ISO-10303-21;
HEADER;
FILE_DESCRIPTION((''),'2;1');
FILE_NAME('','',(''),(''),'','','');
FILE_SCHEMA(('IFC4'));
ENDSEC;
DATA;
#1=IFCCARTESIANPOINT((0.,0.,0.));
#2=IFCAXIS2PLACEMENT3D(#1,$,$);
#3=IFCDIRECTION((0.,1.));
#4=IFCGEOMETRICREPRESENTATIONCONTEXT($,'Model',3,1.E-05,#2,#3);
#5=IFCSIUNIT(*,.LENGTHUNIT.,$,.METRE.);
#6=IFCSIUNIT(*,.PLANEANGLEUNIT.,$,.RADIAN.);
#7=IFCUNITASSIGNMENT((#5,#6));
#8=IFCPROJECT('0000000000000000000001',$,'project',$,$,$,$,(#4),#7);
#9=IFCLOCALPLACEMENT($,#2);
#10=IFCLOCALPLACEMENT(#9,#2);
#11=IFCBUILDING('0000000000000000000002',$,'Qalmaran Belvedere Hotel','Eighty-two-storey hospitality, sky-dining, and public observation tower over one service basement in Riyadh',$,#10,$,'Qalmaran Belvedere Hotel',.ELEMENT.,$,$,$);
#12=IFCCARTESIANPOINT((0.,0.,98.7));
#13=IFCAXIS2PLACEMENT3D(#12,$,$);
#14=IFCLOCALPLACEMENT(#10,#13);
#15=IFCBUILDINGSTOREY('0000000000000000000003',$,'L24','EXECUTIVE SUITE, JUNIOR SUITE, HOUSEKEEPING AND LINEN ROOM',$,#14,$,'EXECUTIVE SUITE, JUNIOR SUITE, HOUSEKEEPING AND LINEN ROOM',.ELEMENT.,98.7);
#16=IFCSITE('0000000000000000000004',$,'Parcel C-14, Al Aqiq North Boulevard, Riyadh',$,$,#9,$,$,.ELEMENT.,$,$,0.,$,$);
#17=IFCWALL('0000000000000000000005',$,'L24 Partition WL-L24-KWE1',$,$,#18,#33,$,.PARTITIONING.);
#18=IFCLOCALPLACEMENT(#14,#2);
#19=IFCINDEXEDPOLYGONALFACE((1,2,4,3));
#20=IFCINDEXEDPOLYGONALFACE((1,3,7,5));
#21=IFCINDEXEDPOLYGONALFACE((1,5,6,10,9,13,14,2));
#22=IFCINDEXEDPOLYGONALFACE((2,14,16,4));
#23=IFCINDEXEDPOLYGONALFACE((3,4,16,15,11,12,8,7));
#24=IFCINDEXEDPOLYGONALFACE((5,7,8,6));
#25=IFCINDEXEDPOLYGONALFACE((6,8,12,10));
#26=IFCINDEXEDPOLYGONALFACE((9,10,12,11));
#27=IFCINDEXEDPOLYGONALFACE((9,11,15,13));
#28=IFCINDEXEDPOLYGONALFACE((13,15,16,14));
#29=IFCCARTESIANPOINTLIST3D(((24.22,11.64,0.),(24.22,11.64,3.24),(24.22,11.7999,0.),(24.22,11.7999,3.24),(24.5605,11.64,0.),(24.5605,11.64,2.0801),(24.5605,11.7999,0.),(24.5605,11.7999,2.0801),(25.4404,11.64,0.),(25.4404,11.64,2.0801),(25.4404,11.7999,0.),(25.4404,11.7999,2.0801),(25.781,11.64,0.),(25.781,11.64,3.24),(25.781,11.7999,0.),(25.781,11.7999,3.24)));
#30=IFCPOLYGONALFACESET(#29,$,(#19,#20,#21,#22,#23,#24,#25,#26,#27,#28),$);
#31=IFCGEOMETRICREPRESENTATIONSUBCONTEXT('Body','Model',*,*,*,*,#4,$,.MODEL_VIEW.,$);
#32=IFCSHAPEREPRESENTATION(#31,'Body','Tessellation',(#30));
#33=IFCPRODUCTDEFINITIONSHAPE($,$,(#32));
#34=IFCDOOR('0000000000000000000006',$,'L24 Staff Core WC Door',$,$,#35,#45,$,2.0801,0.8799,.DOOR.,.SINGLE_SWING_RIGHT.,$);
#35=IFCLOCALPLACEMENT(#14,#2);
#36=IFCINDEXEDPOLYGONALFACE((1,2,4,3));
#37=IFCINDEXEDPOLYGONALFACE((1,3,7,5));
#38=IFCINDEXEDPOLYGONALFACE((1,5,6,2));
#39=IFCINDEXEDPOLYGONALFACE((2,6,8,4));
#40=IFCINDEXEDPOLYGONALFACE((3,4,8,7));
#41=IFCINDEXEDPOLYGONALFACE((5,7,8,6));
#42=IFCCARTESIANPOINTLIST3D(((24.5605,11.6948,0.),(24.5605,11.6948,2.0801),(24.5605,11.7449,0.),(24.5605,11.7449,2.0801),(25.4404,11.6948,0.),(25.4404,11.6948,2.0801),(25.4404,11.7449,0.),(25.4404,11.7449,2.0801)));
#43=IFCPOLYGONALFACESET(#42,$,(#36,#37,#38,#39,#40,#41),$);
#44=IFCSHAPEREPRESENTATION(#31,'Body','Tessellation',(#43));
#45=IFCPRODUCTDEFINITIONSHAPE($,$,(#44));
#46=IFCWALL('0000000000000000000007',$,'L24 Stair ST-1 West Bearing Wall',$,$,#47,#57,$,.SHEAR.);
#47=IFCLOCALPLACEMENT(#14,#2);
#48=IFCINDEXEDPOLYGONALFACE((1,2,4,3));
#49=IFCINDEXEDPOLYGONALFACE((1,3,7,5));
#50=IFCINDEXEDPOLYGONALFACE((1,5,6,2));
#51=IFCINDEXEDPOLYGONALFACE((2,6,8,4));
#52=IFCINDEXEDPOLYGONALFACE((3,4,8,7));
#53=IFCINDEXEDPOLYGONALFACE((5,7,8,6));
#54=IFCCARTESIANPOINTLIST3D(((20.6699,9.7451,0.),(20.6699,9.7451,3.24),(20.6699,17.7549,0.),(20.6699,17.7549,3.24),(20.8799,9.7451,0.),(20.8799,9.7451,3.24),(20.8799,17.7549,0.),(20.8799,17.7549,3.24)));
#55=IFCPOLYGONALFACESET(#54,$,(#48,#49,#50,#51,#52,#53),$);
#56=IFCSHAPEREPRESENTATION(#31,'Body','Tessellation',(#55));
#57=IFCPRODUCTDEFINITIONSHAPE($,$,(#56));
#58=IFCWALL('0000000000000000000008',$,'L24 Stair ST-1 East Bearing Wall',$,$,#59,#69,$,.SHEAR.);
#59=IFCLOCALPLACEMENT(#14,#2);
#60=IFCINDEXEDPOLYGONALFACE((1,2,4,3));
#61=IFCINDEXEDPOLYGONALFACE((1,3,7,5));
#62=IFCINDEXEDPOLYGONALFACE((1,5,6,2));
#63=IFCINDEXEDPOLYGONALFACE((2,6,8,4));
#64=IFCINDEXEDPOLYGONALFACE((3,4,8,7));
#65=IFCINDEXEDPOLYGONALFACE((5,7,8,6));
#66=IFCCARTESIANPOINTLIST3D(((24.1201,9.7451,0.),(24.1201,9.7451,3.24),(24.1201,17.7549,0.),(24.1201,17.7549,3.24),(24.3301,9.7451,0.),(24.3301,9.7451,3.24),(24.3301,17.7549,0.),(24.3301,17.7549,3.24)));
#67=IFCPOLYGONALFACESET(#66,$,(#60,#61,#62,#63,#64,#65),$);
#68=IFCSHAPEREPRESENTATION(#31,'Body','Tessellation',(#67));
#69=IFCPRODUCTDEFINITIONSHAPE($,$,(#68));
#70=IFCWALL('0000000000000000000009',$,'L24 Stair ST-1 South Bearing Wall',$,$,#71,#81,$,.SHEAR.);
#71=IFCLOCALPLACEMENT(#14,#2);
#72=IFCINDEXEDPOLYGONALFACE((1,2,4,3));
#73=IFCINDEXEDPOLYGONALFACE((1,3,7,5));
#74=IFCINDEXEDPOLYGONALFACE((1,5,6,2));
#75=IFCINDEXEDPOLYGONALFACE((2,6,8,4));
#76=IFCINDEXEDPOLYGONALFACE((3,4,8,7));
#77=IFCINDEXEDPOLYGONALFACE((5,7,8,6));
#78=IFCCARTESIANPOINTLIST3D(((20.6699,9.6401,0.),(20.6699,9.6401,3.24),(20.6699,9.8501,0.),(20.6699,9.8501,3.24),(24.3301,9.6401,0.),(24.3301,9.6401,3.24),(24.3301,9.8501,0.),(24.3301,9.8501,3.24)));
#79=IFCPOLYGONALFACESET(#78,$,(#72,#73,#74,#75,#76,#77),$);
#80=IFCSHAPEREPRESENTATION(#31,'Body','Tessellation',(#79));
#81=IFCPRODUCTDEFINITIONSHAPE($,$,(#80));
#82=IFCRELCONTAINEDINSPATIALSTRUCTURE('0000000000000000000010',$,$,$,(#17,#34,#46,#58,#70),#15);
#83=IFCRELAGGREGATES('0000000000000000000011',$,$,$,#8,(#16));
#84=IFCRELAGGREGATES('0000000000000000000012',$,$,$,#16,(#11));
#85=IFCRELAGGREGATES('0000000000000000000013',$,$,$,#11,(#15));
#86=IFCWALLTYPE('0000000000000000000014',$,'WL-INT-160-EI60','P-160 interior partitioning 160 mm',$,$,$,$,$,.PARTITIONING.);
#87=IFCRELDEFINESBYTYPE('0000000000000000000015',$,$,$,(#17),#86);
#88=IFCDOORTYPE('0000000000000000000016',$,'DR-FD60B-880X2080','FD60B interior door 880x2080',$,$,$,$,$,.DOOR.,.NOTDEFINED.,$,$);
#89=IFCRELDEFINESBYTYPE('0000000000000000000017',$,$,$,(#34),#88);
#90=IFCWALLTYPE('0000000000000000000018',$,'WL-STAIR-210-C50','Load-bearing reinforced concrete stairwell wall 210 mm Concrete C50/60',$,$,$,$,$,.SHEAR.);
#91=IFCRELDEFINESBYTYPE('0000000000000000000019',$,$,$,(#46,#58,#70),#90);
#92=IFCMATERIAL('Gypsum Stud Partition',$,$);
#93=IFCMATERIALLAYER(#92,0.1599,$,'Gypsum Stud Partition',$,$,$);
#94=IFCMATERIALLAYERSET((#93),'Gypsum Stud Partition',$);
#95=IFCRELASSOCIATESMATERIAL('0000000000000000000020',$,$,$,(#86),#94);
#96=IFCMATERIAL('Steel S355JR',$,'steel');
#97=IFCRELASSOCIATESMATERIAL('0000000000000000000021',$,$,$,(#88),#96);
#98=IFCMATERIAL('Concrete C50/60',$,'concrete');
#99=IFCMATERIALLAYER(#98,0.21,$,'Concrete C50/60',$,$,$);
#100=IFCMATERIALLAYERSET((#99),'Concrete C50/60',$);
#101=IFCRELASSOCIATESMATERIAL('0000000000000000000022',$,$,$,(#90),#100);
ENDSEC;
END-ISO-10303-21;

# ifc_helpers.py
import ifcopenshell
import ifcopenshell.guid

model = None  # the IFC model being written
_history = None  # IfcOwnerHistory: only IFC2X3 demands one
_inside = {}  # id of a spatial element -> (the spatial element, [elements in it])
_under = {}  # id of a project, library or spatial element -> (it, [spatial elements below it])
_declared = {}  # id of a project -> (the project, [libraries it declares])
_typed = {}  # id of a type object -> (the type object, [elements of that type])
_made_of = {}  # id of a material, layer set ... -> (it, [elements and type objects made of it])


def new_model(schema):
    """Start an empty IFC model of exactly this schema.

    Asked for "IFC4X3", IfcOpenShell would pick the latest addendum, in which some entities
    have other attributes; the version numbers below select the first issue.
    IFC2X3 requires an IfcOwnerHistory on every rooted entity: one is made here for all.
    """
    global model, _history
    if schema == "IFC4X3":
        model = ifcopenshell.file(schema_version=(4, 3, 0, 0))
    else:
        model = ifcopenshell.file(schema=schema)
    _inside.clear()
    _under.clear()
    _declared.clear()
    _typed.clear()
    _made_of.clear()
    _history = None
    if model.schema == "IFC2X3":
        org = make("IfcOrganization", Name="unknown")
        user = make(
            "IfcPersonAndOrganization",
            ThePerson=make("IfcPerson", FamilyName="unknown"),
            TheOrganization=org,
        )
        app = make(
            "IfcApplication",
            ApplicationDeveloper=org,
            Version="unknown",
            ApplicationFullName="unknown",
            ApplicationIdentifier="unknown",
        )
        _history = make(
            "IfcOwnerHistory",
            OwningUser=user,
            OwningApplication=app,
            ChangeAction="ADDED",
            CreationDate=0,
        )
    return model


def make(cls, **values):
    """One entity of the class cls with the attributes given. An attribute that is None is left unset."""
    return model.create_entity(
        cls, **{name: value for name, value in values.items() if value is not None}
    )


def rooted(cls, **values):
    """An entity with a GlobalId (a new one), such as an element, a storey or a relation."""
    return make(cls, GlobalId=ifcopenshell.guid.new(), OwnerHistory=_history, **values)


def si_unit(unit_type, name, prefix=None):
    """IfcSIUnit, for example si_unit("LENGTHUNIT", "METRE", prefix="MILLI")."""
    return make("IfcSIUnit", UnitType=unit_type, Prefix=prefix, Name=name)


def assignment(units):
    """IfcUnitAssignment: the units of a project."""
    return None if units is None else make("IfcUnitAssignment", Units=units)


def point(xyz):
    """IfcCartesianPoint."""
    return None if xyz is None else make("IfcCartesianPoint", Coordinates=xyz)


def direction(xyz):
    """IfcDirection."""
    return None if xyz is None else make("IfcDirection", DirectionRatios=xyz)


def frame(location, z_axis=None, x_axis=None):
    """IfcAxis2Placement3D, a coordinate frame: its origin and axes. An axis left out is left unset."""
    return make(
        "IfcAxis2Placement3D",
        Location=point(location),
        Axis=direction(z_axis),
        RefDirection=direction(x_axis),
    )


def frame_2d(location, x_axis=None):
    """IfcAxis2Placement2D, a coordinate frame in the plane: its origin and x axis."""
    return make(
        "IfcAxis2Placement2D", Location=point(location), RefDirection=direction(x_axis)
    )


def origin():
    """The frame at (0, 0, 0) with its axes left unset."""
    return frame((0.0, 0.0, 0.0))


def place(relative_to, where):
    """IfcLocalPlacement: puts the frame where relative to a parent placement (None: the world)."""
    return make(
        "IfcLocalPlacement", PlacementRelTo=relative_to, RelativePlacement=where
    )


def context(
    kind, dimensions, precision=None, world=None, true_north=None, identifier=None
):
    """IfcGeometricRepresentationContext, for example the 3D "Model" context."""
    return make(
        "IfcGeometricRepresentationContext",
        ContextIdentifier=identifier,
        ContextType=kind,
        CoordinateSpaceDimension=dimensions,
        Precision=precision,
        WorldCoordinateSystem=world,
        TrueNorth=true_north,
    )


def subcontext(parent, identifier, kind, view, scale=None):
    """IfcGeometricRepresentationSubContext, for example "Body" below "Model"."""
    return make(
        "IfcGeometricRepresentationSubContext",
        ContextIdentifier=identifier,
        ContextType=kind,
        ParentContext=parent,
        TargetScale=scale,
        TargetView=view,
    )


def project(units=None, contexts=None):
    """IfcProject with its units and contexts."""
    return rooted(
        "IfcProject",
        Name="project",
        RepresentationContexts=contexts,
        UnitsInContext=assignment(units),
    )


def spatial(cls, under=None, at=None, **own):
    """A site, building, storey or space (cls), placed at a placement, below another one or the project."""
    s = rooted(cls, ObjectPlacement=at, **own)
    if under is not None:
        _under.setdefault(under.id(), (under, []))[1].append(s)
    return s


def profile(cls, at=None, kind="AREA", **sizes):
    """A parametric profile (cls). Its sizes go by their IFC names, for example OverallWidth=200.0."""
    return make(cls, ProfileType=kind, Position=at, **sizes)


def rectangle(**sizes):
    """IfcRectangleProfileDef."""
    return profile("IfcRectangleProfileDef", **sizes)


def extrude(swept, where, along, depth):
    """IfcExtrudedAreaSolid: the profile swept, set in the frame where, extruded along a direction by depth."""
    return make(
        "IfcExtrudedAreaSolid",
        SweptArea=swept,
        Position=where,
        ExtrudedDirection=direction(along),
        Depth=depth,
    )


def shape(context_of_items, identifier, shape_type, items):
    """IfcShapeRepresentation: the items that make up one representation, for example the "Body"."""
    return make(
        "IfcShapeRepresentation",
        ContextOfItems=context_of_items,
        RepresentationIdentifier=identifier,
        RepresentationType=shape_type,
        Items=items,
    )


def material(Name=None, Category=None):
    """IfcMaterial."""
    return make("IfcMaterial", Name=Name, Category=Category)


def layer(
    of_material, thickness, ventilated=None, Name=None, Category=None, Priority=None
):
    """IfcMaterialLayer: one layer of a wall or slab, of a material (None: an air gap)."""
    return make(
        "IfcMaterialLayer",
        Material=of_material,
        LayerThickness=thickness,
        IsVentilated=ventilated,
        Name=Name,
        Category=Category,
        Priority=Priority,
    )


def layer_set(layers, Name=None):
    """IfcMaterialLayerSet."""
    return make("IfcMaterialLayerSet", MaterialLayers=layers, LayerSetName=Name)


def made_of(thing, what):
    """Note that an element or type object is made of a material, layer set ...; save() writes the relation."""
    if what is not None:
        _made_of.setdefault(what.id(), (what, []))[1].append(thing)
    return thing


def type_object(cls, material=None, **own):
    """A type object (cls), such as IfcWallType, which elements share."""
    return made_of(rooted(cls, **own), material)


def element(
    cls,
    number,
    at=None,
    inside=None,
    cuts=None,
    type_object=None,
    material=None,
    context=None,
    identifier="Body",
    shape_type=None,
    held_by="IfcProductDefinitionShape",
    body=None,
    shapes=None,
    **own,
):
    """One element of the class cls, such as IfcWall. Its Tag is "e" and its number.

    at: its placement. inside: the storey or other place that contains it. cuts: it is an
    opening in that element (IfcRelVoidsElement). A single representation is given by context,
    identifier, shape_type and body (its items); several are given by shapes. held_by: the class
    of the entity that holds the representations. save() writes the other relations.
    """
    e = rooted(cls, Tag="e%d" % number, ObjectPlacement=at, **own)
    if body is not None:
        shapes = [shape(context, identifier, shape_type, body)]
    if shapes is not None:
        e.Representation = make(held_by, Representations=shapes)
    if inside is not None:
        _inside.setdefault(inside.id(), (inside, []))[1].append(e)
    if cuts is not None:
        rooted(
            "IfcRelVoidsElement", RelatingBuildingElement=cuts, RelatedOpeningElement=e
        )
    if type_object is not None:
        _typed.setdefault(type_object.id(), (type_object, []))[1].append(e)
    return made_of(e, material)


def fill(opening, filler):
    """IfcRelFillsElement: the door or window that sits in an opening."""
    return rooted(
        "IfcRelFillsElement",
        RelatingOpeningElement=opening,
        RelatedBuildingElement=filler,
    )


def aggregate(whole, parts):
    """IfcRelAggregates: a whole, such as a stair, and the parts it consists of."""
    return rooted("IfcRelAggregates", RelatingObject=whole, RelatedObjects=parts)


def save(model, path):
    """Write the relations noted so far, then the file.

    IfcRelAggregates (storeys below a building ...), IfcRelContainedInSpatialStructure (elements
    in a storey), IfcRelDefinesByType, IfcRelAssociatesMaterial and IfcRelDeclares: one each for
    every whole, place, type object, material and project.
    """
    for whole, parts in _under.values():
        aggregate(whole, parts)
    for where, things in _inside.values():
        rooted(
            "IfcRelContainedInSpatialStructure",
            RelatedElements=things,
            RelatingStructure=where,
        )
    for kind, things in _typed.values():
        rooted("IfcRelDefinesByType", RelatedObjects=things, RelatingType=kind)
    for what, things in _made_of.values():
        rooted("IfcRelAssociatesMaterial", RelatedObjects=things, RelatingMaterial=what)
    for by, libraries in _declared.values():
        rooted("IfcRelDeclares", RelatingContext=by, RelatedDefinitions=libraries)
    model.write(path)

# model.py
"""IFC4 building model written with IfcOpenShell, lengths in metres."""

from ifc_helpers import new_model, si_unit, direction, frame, frame_2d, origin, place, context, subcontext, project, spatial, rectangle, extrude, material, layer, layer_set, type_object, element, fill, save


model = new_model("IFC4")

# Units and contexts
model_context = context("Model", 3, precision=1e-05, world=origin(), true_north=direction((0.0, 1.0)))
body_context = subcontext(model_context, "Body", "Model", "MODEL_VIEW")
ifc_project = project(units=[si_unit("LENGTHUNIT", "METRE"), si_unit("PLANEANGLEUNIT", "RADIAN")], contexts=[model_context])

# Site, building, storey
site_placement = place(None, origin())
site = spatial("IfcSite", under=ifc_project, at=site_placement, Name="Parcel C-14, Al Aqiq North Boulevard, Riyadh", CompositionType="ELEMENT", RefElevation=0.0)
building_placement = place(site_placement, origin())
building = spatial("IfcBuilding", under=site, at=building_placement, Name="Qalmaran Belvedere Hotel", Description="Eighty-two-storey hospitality, sky-dining, and public observation tower over one service basement in Riyadh", LongName="Qalmaran Belvedere Hotel", CompositionType="ELEMENT")
storey_placement = place(building_placement, frame((0.0, 0.0, 98.7)))
storey = spatial("IfcBuildingStorey", under=building, at=storey_placement, Name="L24", Description="EXECUTIVE SUITE, JUNIOR SUITE, HOUSEKEEPING AND LINEN ROOM", LongName="EXECUTIVE SUITE, JUNIOR SUITE, HOUSEKEEPING AND LINEN ROOM", CompositionType="ELEMENT", Elevation=98.7)

# Shared definitions
ifc_material_1 = material(Name="Steel S355JR", Category="steel")

# Shared definitions
ifc_material_2 = material(Name="Concrete C50/60", Category="concrete")
ifc_material_3 = material(Name="Gypsum Stud Partition")

# Wall, opening, door
ifc_layer_1 = layer(ifc_material_3, 0.1599, Name="Gypsum Stud Partition")
ifc_layer_set_1 = layer_set([ifc_layer_1], Name="Gypsum Stud Partition")
wall_type_1 = type_object("IfcWallType", Name="WL-INT-160-EI60", Description="P-160 interior partitioning 160 mm", PredefinedType="PARTITIONING", material=ifc_layer_set_1)
wall_1_placement = place(storey_placement, frame((24.22, 11.72, 0.0), z_axis=(0.0, 0.0, 1.0), x_axis=(1.0, 0.0, 0.0)))
wall_1 = element("IfcWall", 1, at=wall_1_placement, inside=storey, type_object=wall_type_1, Name="L24 Partition WL-L24-KWE1", PredefinedType="PARTITIONING", context=body_context, shape_type="SweptSolid", body=[
    extrude(rectangle(XDim=1.561, YDim=0.1599, at=frame_2d((0.7805, 0.0))), origin(), (0.0, 0.0, 1.0), 3.24),
])
opening_1_placement = place(wall_1_placement, frame((0.3406, 0.0, 0.0)))
opening_1 = element("IfcOpeningElement", 2, at=opening_1_placement, cuts=wall_1, PredefinedType="OPENING", context=body_context, shape_type="SweptSolid", body=[
    extrude(rectangle(XDim=0.8799, YDim=2.0801, at=frame_2d((0.4399, 1.04))), frame((0.0, 0.0898, 0.0), z_axis=(0.0, -1.0, 0.0), x_axis=(1.0, 0.0, 0.0)), (0.0, 0.0, 1.0), 0.1799),
])
door_type_1 = type_object("IfcDoorType", Name="DR-FD60B-880X2080", Description="FD60B interior door 880x2080", OperationType="NOTDEFINED", PredefinedType="DOOR", material=ifc_material_1)
door_1_placement = place(opening_1_placement, origin())
door_1 = element("IfcDoor", 3, at=door_1_placement, inside=storey, type_object=door_type_1, Name="L24 Staff Core WC Door", OperationType="SINGLE_SWING_RIGHT", OverallHeight=2.0801, OverallWidth=0.8799, PredefinedType="DOOR", context=body_context, shape_type="SweptSolid", body=[
    extrude(rectangle(XDim=0.8799, YDim=2.0801, at=frame_2d((0.4399, 1.04))), frame((0.0, 0.0249, 0.0), z_axis=(0.0, -1.0, 0.0), x_axis=(1.0, 0.0, 0.0)), (0.0, 0.0, 1.0), 0.05),
])
fill(opening_1, door_1)

# Walls
ifc_layer_2 = layer(ifc_material_2, 0.21, Name="Concrete C50/60")
ifc_layer_set_2 = layer_set([ifc_layer_2], Name="Concrete C50/60")
wall_type_2 = type_object("IfcWallType", Name="WL-STAIR-210-C50", Description="Load-bearing reinforced concrete stairwell wall 210 mm Concrete C50/60", PredefinedType="SHEAR", material=ifc_layer_set_2)
for number, where, z_axis, x_axis, name in (
    (4, (20.7749, 9.7451, 0.0), (0.0, 0.0, 1.0), (0.0, 1.0, 0.0), "L24 Stair ST-1 West Bearing Wall"),
    (5, (24.2251, 9.7451, 0.0), (0.0, 0.0, 1.0), (0.0, 1.0, 0.0), "L24 Stair ST-1 East Bearing Wall"),
):
    element("IfcWall", number, at=place(storey_placement, frame(where, z_axis=z_axis, x_axis=x_axis)), inside=storey, type_object=wall_type_2, Name=name, PredefinedType="SHEAR", context=body_context, shape_type="SweptSolid", body=[
        extrude(rectangle(XDim=8.0098, YDim=0.21, at=frame_2d((4.0049, 0.0))), origin(), (0.0, 0.0, 1.0), 3.24),
    ])
wall_2_placement = place(storey_placement, frame((20.6699, 9.7451, 0.0), z_axis=(0.0, 0.0, 1.0), x_axis=(1.0, 0.0, 0.0)))
element("IfcWall", 6, at=wall_2_placement, inside=storey, type_object=wall_type_2, Name="L24 Stair ST-1 South Bearing Wall", PredefinedType="SHEAR", context=body_context, shape_type="SweptSolid", body=[
    extrude(rectangle(XDim=3.6602, YDim=0.21, at=frame_2d((1.8301, 0.0))), origin(), (0.0, 0.0, 1.0), 3.24),
])

save(model, "model.ifc")
